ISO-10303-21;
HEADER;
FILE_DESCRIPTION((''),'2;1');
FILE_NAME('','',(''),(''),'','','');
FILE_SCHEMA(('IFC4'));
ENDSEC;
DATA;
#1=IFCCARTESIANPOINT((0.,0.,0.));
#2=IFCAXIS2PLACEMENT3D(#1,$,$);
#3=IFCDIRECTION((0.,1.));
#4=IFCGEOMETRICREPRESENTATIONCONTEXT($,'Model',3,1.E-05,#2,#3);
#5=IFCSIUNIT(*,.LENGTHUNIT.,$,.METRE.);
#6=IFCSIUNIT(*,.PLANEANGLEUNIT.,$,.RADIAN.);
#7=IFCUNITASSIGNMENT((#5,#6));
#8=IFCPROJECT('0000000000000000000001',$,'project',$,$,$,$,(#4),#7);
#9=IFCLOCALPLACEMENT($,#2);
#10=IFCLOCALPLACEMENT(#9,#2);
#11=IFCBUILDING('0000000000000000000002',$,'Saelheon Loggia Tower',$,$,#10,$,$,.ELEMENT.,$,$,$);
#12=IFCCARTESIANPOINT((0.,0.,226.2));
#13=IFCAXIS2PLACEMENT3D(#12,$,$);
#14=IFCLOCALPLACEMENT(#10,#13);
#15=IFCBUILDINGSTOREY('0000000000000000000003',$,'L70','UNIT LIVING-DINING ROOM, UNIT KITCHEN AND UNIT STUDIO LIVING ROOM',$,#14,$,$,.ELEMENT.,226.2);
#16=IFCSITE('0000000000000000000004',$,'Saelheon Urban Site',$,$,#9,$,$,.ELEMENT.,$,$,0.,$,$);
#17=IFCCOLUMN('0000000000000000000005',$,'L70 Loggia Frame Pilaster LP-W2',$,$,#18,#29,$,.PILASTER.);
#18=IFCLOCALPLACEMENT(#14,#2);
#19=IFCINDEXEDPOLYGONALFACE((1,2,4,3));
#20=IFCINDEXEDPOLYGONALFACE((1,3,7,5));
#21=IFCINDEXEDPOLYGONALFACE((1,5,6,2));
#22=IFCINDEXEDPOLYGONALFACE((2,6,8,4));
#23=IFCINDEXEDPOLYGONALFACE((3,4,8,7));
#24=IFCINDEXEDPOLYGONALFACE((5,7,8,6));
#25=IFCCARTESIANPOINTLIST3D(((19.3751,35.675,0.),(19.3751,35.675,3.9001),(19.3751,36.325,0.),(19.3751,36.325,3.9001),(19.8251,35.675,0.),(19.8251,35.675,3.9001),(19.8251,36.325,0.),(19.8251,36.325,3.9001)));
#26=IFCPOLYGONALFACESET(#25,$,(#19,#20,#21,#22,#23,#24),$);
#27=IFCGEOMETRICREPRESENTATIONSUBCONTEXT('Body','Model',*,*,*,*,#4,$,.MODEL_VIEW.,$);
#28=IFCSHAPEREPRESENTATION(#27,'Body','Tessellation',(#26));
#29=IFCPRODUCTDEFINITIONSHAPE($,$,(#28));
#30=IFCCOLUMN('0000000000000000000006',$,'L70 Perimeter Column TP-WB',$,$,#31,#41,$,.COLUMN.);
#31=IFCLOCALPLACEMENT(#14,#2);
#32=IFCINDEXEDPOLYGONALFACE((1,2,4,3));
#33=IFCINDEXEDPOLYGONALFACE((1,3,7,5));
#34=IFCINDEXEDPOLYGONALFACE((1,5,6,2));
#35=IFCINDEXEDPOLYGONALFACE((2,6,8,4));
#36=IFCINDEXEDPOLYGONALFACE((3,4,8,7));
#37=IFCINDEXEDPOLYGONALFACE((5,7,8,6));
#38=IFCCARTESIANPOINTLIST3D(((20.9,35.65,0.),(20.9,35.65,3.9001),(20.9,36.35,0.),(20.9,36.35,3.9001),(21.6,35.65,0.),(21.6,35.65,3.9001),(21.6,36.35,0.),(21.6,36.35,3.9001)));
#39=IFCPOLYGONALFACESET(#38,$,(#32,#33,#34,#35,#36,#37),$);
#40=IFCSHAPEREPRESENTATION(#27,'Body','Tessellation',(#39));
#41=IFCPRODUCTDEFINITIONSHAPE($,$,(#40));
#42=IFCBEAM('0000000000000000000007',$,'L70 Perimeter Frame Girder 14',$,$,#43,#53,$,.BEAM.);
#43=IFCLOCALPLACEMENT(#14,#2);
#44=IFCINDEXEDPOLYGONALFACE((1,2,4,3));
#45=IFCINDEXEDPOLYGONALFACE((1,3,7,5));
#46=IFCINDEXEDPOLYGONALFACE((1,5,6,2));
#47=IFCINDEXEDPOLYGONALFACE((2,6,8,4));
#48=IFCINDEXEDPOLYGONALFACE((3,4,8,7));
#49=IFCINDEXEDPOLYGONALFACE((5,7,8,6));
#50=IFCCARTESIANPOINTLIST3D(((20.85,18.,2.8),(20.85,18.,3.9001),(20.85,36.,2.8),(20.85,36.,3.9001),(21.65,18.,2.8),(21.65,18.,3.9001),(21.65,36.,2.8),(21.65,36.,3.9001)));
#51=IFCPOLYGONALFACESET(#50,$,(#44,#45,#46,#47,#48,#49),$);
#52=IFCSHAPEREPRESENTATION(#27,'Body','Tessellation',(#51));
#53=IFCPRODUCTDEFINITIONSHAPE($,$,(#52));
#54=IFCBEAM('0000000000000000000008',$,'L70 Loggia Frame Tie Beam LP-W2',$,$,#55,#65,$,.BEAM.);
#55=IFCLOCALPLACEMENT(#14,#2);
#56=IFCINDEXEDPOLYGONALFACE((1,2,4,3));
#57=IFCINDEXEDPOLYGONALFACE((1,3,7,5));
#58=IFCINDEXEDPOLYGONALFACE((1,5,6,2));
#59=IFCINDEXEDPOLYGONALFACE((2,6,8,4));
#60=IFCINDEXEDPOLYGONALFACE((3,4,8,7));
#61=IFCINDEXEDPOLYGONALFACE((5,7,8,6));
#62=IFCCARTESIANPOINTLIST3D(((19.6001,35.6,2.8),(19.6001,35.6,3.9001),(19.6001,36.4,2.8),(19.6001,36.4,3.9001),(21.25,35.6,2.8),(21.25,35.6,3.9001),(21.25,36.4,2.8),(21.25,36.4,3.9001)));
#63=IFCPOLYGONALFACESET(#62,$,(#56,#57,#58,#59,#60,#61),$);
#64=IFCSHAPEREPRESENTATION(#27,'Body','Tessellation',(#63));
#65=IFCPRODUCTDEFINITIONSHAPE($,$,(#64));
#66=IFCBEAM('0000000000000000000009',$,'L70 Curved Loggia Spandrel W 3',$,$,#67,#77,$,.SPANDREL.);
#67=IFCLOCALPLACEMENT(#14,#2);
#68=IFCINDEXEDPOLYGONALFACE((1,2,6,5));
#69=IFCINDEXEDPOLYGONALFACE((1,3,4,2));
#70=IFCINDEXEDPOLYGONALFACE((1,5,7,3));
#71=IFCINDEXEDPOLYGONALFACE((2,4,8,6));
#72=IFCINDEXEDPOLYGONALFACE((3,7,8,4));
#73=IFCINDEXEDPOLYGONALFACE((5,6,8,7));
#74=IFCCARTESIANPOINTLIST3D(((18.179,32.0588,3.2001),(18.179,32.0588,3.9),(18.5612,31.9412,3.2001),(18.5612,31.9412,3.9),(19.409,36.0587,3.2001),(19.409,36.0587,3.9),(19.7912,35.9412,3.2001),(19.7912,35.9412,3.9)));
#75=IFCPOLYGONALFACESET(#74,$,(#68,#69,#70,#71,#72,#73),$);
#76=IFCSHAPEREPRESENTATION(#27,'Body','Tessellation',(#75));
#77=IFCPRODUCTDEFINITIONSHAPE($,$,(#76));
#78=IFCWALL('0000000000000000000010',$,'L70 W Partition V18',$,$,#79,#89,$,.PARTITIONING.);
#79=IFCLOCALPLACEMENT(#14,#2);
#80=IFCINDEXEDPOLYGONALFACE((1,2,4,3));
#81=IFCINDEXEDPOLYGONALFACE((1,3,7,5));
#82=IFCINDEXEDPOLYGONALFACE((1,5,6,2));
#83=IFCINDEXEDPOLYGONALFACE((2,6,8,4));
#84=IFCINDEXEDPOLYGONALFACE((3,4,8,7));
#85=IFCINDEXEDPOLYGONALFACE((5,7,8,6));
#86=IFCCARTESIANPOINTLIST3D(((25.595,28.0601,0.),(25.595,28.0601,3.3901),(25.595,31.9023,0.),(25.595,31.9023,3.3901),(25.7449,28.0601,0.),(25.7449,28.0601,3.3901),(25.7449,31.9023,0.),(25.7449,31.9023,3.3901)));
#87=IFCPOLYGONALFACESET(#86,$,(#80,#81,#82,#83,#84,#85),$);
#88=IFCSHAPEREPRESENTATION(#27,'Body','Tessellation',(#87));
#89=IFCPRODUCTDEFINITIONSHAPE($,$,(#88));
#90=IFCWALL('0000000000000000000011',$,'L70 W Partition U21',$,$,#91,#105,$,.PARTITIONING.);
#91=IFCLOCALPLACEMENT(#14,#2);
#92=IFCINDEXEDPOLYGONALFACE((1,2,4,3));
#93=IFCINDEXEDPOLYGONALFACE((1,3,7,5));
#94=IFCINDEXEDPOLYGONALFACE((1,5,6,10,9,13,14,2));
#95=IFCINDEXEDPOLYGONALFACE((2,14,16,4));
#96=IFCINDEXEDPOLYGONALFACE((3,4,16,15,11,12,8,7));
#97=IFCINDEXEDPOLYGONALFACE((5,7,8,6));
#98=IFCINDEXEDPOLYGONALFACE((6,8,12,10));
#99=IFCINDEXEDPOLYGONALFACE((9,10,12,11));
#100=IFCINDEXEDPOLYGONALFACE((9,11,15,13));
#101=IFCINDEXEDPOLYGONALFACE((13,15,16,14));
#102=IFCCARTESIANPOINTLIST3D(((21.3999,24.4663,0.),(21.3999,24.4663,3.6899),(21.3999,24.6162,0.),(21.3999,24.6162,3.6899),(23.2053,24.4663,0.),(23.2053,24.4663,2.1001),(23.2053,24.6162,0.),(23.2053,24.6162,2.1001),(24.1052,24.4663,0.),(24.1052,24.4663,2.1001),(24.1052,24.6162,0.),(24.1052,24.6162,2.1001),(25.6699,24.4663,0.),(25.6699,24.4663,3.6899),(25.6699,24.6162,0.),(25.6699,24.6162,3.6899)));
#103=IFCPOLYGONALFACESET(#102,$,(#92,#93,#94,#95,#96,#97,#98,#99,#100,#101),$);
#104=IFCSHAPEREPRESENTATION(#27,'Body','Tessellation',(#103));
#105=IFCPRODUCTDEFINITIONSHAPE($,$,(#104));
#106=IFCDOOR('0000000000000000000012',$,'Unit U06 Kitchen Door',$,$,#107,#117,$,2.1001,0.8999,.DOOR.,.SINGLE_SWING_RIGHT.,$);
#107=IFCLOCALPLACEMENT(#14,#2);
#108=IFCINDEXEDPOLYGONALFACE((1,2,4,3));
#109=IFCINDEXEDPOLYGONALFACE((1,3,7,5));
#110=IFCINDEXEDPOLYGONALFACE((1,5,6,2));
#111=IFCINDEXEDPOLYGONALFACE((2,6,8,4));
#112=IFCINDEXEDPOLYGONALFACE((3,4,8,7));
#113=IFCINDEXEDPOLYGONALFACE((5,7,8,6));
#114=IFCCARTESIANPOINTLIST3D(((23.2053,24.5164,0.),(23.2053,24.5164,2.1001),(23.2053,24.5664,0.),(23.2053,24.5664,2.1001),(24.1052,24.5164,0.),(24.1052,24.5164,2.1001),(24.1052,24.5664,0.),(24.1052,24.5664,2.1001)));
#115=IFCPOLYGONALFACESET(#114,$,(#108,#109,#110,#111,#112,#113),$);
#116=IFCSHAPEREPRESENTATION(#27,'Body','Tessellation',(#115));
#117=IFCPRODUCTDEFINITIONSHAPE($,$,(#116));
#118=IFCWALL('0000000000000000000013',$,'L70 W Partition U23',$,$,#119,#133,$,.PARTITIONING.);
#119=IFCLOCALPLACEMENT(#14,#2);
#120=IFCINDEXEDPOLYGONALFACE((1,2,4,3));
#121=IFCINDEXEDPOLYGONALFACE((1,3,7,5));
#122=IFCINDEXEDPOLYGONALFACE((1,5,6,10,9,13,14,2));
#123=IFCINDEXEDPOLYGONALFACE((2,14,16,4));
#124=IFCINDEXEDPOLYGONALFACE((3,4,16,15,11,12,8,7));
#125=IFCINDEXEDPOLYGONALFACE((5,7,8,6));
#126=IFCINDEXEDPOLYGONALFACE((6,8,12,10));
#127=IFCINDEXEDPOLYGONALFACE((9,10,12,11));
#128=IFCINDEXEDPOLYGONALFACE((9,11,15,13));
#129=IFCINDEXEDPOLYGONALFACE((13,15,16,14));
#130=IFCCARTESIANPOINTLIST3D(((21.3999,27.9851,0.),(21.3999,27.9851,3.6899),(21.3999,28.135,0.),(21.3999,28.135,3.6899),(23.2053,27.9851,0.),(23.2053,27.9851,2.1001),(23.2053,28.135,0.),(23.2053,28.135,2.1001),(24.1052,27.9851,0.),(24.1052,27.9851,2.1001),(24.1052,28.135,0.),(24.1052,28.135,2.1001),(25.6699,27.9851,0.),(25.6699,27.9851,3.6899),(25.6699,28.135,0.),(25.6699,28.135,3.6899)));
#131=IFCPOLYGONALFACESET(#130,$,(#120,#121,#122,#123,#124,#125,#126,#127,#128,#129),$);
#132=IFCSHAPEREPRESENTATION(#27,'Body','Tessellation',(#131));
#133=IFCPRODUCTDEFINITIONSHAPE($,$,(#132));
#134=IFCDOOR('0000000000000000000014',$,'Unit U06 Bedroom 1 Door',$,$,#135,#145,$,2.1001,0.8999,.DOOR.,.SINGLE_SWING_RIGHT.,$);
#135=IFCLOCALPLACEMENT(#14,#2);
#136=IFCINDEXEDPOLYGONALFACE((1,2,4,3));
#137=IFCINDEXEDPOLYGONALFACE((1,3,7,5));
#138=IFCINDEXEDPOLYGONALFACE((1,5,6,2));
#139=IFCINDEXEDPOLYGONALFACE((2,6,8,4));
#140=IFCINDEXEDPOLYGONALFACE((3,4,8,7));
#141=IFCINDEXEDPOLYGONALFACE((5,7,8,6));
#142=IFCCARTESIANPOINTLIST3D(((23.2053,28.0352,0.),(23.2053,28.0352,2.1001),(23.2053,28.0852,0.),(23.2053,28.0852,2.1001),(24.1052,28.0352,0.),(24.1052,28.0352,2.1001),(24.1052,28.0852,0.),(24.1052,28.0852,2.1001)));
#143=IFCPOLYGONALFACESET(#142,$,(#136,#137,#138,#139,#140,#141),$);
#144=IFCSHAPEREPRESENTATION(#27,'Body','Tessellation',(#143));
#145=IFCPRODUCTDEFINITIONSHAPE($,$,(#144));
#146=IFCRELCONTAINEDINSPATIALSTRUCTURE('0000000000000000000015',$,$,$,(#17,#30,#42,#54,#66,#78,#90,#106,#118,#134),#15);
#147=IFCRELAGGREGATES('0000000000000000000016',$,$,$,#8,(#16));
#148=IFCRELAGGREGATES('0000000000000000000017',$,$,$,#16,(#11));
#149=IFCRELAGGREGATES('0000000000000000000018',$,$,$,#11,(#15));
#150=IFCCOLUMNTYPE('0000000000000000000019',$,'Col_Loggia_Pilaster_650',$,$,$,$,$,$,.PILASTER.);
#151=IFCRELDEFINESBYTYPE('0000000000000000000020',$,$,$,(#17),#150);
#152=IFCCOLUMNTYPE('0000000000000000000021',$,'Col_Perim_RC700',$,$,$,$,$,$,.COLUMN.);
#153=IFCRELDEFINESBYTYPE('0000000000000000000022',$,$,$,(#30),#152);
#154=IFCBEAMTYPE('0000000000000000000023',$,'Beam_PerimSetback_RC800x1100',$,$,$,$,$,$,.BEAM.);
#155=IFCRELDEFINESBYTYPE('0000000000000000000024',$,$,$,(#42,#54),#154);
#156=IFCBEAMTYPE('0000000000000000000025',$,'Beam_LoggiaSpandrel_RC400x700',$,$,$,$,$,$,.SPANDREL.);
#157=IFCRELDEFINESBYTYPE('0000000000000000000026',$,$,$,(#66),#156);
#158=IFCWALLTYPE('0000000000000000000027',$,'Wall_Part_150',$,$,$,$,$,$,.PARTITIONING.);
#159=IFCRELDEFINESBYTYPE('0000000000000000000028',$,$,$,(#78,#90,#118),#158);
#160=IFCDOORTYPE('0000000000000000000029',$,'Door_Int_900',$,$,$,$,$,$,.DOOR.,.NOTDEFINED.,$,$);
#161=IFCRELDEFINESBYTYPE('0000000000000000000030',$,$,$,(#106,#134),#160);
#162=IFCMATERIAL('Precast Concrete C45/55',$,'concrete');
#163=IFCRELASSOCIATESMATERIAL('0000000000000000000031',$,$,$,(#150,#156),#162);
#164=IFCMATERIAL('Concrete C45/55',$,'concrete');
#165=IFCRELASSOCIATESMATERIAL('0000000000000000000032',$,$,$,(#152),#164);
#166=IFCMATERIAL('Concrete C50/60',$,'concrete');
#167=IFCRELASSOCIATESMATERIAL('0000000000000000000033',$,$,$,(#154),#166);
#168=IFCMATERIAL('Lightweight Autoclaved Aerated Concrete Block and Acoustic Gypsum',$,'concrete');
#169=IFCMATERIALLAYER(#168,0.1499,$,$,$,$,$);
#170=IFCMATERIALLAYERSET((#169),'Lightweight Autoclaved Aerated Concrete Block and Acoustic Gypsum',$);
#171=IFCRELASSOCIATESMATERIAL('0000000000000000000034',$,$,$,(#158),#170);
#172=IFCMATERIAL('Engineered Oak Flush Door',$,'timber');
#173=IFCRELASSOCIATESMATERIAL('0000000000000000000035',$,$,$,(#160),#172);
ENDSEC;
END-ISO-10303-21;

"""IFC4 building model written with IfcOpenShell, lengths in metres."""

from ifc_helpers import new_model, si_unit, direction, frame, frame_2d, origin, origin_2d, place, context, subcontext, project, spatial, rectangle, extrude, source, transform, mapped, material, layer, layer_set, material_profile, profile_set, type_object, element, fill, save


model = new_model("IFC4")

# Units and contexts
model_context = context("Model", 3, precision=1e-05, world=origin(), true_north=direction((0.0, 1.0)))
body_context = subcontext(model_context, "Body", "Model", "MODEL_VIEW")
ifc_project = project(units=[si_unit("LENGTHUNIT", "METRE"), si_unit("PLANEANGLEUNIT", "RADIAN")], contexts=[model_context])

# Site, building, storey
site_placement = place(None, origin())
site = spatial("IfcSite", under=ifc_project, at=site_placement, Name="Saelheon Urban Site", CompositionType="ELEMENT", RefElevation=0.0)
building_placement = place(site_placement, origin())
building = spatial("IfcBuilding", under=site, at=building_placement, Name="Saelheon Loggia Tower", CompositionType="ELEMENT")
storey_placement = place(building_placement, frame((0.0, 0.0, 226.2)))
storey = spatial("IfcBuildingStorey", under=building, at=storey_placement, Name="L70", Description="UNIT LIVING-DINING ROOM, UNIT KITCHEN AND UNIT STUDIO LIVING ROOM", CompositionType="ELEMENT", Elevation=226.2)

# Columns
ifc_material_1 = material(Name="Precast Concrete C45/55", Category="concrete")
ifc_material_profile_1 = material_profile(ifc_material_1, rectangle(XDim=0.45, YDim=0.6499, at=origin_2d()), Name="RC-450x650")
ifc_profile_set_1 = profile_set([ifc_material_profile_1], Name="Precast Concrete C45/55")
column_type_1 = type_object("IfcColumnType", Name="Col_Loggia_Pilaster_650", PredefinedType="PILASTER", material=ifc_profile_set_1)
shared_shape_1 = source(origin(), body_context, "Body", "SweptSolid", [
    extrude(rectangle(XDim=0.45, YDim=0.6499, at=origin_2d()), origin(), (0.0, 0.0, 1.0), 3.9001),
])
column_1_placement = place(storey_placement, frame((19.6001, 36.0, 0.0), z_axis=(0.0, 0.0, 1.0), x_axis=(1.0, 0.0, 0.0)))
element("IfcColumn", 1, at=column_1_placement, inside=storey, type_object=column_type_1, Name="L70 Loggia Frame Pilaster LP-W2", PredefinedType="PILASTER", context=body_context, shape_type="MappedRepresentation", body=[
    mapped(shared_shape_1, transform((0.0, 0.0, 0.0), scale=1.0)),
])
ifc_material_2 = material(Name="Concrete C45/55", Category="concrete")
ifc_material_profile_2 = material_profile(ifc_material_2, rectangle(XDim=0.7, YDim=0.7, at=origin_2d()), Name="RC-700x700")
ifc_profile_set_2 = profile_set([ifc_material_profile_2], Name="Concrete C45/55")
column_type_2 = type_object("IfcColumnType", Name="Col_Perim_RC700", PredefinedType="COLUMN", material=ifc_profile_set_2)
shared_shape_2 = source(origin(), body_context, "Body", "SweptSolid", [
    extrude(rectangle(XDim=0.7, YDim=0.7, at=origin_2d()), origin(), (0.0, 0.0, 1.0), 3.9001),
])
column_2_placement = place(storey_placement, frame((21.25, 36.0, 0.0), z_axis=(0.0, 0.0, 1.0), x_axis=(1.0, 0.0, 0.0)))
element("IfcColumn", 2, at=column_2_placement, inside=storey, type_object=column_type_2, Name="L70 Perimeter Column TP-WB", PredefinedType="COLUMN", context=body_context, shape_type="MappedRepresentation", body=[
    mapped(shared_shape_2, transform((0.0, 0.0, 0.0), scale=1.0)),
])

# Beams
ifc_material_3 = material(Name="Concrete C50/60", Category="concrete")
ifc_material_profile_3 = material_profile(ifc_material_3, rectangle(XDim=0.8, YDim=1.1001, at=origin_2d()), Name="RC-800x1100")
ifc_profile_set_3 = profile_set([ifc_material_profile_3], Name="Concrete C50/60")
beam_type_1 = type_object("IfcBeamType", Name="Beam_PerimSetback_RC800x1100", PredefinedType="BEAM", material=ifc_profile_set_3)
shared_shape_3 = source(origin(), body_context, "Body", "SweptSolid", [
    extrude(rectangle(XDim=0.8, YDim=1.1001, at=origin_2d()), origin(), (0.0, 0.0, 1.0), 18.0),
])
beam_1_placement = place(storey_placement, frame((21.25, 36.0, 3.3501), z_axis=(0.0, -1.0, 0.0), x_axis=(1.0, 0.0, 0.0)))
element("IfcBeam", 3, at=beam_1_placement, inside=storey, type_object=beam_type_1, Name="L70 Perimeter Frame Girder 14", PredefinedType="BEAM", context=body_context, shape_type="MappedRepresentation", body=[
    mapped(shared_shape_3, transform((0.0, 0.0, 0.0), scale=1.0)),
])
shared_shape_4 = source(origin(), body_context, "Body", "SweptSolid", [
    extrude(rectangle(XDim=0.8, YDim=1.1001, at=origin_2d()), origin(), (0.0, 0.0, 1.0), 1.6499),
])
beam_2_placement = place(storey_placement, frame((21.25, 36.0, 3.3501), z_axis=(-1.0, 0.0, 0.0), x_axis=(0.0, -1.0, 0.0)))
element("IfcBeam", 4, at=beam_2_placement, inside=storey, type_object=beam_type_1, Name="L70 Loggia Frame Tie Beam LP-W2", PredefinedType="BEAM", context=body_context, shape_type="MappedRepresentation", body=[
    mapped(shared_shape_4, transform((0.0, 0.0, 0.0), scale=1.0)),
])
ifc_material_profile_4 = material_profile(ifc_material_1, rectangle(XDim=0.3999, YDim=0.7, at=origin_2d()), Name="RC-400x700")
ifc_profile_set_4 = profile_set([ifc_material_profile_4], Name="Precast Concrete C45/55")
beam_type_2 = type_object("IfcBeamType", Name="Beam_LoggiaSpandrel_RC400x700", PredefinedType="SPANDREL", material=ifc_profile_set_4)
shared_shape_5 = source(origin(), body_context, "Body", "SweptSolid", [
    extrude(rectangle(XDim=0.3999, YDim=0.7, at=origin_2d()), origin(), (0.0, 0.0, 1.0), 4.1848),
])
beam_3_placement = place(storey_placement, frame((18.3701, 32.0, 3.55), z_axis=(0.293914, 0.955832, 0.0), x_axis=(-0.955832, 0.293914, 0.0)))
element("IfcBeam", 5, at=beam_3_placement, inside=storey, type_object=beam_type_2, Name="L70 Curved Loggia Spandrel W 3", PredefinedType="SPANDREL", context=body_context, shape_type="MappedRepresentation", body=[
    mapped(shared_shape_5, transform((0.0, 0.0, 0.0), scale=1.0)),
])

# Wall
ifc_material_4 = material(Name="Lightweight Autoclaved Aerated Concrete Block and Acoustic Gypsum", Category="concrete")
ifc_layer_1 = layer(ifc_material_4, 0.1499)
ifc_layer_set_1 = layer_set([ifc_layer_1], Name="Lightweight Autoclaved Aerated Concrete Block and Acoustic Gypsum")
wall_type_1 = type_object("IfcWallType", Name="Wall_Part_150", PredefinedType="PARTITIONING", material=ifc_layer_set_1)
wall_1_placement = place(storey_placement, frame((25.6699, 28.0601, 0.0), z_axis=(0.0, 0.0, 1.0), x_axis=(0.0, 1.0, 0.0)))
element("IfcWall", 6, at=wall_1_placement, inside=storey, type_object=wall_type_1, Name="L70 W Partition V18", PredefinedType="PARTITIONING", context=body_context, shape_type="SweptSolid", body=[
    extrude(rectangle(XDim=3.8423, YDim=0.1499, at=frame_2d((1.9211, 0.0))), origin(), (0.0, 0.0, 1.0), 3.3901),
])

# Walls, openings, doors
wall_2_placement = place(storey_placement, frame((25.6699, 24.5413, 0.0), z_axis=(0.0, 0.0, 1.0), x_axis=(-1.0, 0.0, 0.0)))
wall_2 = element("IfcWall", 7, at=wall_2_placement, inside=storey, type_object=wall_type_1, Name="L70 W Partition U21", PredefinedType="PARTITIONING", context=body_context, shape_type="SweptSolid", body=[
    extrude(rectangle(XDim=4.27, YDim=0.1499, at=frame_2d((2.135, 0.0))), origin(), (0.0, 0.0, 1.0), 3.6899),
])
opening_1_placement = place(wall_2_placement, frame((1.5647, 0.0, 0.0)))
opening_1 = element("IfcOpeningElement", 8, at=opening_1_placement, cuts=wall_2, PredefinedType="OPENING", context=body_context, shape_type="SweptSolid", body=[
    extrude(rectangle(XDim=0.8999, YDim=2.1001, at=frame_2d((0.45, 1.05))), frame((0.0, 0.0869, 0.0), z_axis=(0.0, -1.0, 0.0), x_axis=(1.0, 0.0, 0.0)), (0.0, 0.0, 1.0), 0.1738),
])
ifc_material_5 = material(Name="Engineered Oak Flush Door", Category="timber")
door_type_1 = type_object("IfcDoorType", Name="Door_Int_900", OperationType="NOTDEFINED", PredefinedType="DOOR", material=ifc_material_5)
shared_shape_6 = source(origin(), body_context, "Body", "SweptSolid", [
    extrude(rectangle(XDim=0.8999, YDim=2.1001, at=frame_2d((0.45, 1.05))), frame((0.0, 0.0249, 0.0), z_axis=(0.0, -1.0, 0.0), x_axis=(1.0, 0.0, 0.0)), (0.0, 0.0, 1.0), 0.05),
])
door_1_placement = place(opening_1_placement, origin())
door_1 = element("IfcDoor", 9, at=door_1_placement, inside=storey, type_object=door_type_1, Name="Unit U06 Kitchen Door", OperationType="SINGLE_SWING_RIGHT", OverallHeight=2.1001, OverallWidth=0.8999, PredefinedType="DOOR", context=body_context, shape_type="MappedRepresentation", body=[
    mapped(shared_shape_6, transform((0.0, 0.0, 0.0), scale=1.0)),
])
fill(opening_1, door_1)
wall_3_placement = place(storey_placement, frame((25.6699, 28.0601, 0.0), z_axis=(0.0, 0.0, 1.0), x_axis=(-1.0, 0.0, 0.0)))
wall_3 = element("IfcWall", 10, at=wall_3_placement, inside=storey, type_object=wall_type_1, Name="L70 W Partition U23", PredefinedType="PARTITIONING", context=body_context, shape_type="SweptSolid", body=[
    extrude(rectangle(XDim=4.27, YDim=0.1499, at=frame_2d((2.135, 0.0))), origin(), (0.0, 0.0, 1.0), 3.6899),
])
opening_2_placement = place(wall_3_placement, frame((1.5647, 0.0, 0.0)))
opening_2 = element("IfcOpeningElement", 11, at=opening_2_placement, cuts=wall_3, PredefinedType="OPENING", context=body_context, shape_type="SweptSolid", body=[
    extrude(rectangle(XDim=0.8999, YDim=2.1001, at=frame_2d((0.45, 1.05))), frame((0.0, 0.0869, 0.0), z_axis=(0.0, -1.0, 0.0), x_axis=(1.0, 0.0, 0.0)), (0.0, 0.0, 1.0), 0.1738),
])
door_2_placement = place(opening_2_placement, origin())
door_2 = element("IfcDoor", 12, at=door_2_placement, inside=storey, type_object=door_type_1, Name="Unit U06 Bedroom 1 Door", OperationType="SINGLE_SWING_RIGHT", OverallHeight=2.1001, OverallWidth=0.8999, PredefinedType="DOOR", context=body_context, shape_type="MappedRepresentation", body=[
    mapped(shared_shape_6, transform((0.0, 0.0, 0.0), scale=1.0)),
])
fill(opening_2, door_2)

save(model, "model.ifc")
